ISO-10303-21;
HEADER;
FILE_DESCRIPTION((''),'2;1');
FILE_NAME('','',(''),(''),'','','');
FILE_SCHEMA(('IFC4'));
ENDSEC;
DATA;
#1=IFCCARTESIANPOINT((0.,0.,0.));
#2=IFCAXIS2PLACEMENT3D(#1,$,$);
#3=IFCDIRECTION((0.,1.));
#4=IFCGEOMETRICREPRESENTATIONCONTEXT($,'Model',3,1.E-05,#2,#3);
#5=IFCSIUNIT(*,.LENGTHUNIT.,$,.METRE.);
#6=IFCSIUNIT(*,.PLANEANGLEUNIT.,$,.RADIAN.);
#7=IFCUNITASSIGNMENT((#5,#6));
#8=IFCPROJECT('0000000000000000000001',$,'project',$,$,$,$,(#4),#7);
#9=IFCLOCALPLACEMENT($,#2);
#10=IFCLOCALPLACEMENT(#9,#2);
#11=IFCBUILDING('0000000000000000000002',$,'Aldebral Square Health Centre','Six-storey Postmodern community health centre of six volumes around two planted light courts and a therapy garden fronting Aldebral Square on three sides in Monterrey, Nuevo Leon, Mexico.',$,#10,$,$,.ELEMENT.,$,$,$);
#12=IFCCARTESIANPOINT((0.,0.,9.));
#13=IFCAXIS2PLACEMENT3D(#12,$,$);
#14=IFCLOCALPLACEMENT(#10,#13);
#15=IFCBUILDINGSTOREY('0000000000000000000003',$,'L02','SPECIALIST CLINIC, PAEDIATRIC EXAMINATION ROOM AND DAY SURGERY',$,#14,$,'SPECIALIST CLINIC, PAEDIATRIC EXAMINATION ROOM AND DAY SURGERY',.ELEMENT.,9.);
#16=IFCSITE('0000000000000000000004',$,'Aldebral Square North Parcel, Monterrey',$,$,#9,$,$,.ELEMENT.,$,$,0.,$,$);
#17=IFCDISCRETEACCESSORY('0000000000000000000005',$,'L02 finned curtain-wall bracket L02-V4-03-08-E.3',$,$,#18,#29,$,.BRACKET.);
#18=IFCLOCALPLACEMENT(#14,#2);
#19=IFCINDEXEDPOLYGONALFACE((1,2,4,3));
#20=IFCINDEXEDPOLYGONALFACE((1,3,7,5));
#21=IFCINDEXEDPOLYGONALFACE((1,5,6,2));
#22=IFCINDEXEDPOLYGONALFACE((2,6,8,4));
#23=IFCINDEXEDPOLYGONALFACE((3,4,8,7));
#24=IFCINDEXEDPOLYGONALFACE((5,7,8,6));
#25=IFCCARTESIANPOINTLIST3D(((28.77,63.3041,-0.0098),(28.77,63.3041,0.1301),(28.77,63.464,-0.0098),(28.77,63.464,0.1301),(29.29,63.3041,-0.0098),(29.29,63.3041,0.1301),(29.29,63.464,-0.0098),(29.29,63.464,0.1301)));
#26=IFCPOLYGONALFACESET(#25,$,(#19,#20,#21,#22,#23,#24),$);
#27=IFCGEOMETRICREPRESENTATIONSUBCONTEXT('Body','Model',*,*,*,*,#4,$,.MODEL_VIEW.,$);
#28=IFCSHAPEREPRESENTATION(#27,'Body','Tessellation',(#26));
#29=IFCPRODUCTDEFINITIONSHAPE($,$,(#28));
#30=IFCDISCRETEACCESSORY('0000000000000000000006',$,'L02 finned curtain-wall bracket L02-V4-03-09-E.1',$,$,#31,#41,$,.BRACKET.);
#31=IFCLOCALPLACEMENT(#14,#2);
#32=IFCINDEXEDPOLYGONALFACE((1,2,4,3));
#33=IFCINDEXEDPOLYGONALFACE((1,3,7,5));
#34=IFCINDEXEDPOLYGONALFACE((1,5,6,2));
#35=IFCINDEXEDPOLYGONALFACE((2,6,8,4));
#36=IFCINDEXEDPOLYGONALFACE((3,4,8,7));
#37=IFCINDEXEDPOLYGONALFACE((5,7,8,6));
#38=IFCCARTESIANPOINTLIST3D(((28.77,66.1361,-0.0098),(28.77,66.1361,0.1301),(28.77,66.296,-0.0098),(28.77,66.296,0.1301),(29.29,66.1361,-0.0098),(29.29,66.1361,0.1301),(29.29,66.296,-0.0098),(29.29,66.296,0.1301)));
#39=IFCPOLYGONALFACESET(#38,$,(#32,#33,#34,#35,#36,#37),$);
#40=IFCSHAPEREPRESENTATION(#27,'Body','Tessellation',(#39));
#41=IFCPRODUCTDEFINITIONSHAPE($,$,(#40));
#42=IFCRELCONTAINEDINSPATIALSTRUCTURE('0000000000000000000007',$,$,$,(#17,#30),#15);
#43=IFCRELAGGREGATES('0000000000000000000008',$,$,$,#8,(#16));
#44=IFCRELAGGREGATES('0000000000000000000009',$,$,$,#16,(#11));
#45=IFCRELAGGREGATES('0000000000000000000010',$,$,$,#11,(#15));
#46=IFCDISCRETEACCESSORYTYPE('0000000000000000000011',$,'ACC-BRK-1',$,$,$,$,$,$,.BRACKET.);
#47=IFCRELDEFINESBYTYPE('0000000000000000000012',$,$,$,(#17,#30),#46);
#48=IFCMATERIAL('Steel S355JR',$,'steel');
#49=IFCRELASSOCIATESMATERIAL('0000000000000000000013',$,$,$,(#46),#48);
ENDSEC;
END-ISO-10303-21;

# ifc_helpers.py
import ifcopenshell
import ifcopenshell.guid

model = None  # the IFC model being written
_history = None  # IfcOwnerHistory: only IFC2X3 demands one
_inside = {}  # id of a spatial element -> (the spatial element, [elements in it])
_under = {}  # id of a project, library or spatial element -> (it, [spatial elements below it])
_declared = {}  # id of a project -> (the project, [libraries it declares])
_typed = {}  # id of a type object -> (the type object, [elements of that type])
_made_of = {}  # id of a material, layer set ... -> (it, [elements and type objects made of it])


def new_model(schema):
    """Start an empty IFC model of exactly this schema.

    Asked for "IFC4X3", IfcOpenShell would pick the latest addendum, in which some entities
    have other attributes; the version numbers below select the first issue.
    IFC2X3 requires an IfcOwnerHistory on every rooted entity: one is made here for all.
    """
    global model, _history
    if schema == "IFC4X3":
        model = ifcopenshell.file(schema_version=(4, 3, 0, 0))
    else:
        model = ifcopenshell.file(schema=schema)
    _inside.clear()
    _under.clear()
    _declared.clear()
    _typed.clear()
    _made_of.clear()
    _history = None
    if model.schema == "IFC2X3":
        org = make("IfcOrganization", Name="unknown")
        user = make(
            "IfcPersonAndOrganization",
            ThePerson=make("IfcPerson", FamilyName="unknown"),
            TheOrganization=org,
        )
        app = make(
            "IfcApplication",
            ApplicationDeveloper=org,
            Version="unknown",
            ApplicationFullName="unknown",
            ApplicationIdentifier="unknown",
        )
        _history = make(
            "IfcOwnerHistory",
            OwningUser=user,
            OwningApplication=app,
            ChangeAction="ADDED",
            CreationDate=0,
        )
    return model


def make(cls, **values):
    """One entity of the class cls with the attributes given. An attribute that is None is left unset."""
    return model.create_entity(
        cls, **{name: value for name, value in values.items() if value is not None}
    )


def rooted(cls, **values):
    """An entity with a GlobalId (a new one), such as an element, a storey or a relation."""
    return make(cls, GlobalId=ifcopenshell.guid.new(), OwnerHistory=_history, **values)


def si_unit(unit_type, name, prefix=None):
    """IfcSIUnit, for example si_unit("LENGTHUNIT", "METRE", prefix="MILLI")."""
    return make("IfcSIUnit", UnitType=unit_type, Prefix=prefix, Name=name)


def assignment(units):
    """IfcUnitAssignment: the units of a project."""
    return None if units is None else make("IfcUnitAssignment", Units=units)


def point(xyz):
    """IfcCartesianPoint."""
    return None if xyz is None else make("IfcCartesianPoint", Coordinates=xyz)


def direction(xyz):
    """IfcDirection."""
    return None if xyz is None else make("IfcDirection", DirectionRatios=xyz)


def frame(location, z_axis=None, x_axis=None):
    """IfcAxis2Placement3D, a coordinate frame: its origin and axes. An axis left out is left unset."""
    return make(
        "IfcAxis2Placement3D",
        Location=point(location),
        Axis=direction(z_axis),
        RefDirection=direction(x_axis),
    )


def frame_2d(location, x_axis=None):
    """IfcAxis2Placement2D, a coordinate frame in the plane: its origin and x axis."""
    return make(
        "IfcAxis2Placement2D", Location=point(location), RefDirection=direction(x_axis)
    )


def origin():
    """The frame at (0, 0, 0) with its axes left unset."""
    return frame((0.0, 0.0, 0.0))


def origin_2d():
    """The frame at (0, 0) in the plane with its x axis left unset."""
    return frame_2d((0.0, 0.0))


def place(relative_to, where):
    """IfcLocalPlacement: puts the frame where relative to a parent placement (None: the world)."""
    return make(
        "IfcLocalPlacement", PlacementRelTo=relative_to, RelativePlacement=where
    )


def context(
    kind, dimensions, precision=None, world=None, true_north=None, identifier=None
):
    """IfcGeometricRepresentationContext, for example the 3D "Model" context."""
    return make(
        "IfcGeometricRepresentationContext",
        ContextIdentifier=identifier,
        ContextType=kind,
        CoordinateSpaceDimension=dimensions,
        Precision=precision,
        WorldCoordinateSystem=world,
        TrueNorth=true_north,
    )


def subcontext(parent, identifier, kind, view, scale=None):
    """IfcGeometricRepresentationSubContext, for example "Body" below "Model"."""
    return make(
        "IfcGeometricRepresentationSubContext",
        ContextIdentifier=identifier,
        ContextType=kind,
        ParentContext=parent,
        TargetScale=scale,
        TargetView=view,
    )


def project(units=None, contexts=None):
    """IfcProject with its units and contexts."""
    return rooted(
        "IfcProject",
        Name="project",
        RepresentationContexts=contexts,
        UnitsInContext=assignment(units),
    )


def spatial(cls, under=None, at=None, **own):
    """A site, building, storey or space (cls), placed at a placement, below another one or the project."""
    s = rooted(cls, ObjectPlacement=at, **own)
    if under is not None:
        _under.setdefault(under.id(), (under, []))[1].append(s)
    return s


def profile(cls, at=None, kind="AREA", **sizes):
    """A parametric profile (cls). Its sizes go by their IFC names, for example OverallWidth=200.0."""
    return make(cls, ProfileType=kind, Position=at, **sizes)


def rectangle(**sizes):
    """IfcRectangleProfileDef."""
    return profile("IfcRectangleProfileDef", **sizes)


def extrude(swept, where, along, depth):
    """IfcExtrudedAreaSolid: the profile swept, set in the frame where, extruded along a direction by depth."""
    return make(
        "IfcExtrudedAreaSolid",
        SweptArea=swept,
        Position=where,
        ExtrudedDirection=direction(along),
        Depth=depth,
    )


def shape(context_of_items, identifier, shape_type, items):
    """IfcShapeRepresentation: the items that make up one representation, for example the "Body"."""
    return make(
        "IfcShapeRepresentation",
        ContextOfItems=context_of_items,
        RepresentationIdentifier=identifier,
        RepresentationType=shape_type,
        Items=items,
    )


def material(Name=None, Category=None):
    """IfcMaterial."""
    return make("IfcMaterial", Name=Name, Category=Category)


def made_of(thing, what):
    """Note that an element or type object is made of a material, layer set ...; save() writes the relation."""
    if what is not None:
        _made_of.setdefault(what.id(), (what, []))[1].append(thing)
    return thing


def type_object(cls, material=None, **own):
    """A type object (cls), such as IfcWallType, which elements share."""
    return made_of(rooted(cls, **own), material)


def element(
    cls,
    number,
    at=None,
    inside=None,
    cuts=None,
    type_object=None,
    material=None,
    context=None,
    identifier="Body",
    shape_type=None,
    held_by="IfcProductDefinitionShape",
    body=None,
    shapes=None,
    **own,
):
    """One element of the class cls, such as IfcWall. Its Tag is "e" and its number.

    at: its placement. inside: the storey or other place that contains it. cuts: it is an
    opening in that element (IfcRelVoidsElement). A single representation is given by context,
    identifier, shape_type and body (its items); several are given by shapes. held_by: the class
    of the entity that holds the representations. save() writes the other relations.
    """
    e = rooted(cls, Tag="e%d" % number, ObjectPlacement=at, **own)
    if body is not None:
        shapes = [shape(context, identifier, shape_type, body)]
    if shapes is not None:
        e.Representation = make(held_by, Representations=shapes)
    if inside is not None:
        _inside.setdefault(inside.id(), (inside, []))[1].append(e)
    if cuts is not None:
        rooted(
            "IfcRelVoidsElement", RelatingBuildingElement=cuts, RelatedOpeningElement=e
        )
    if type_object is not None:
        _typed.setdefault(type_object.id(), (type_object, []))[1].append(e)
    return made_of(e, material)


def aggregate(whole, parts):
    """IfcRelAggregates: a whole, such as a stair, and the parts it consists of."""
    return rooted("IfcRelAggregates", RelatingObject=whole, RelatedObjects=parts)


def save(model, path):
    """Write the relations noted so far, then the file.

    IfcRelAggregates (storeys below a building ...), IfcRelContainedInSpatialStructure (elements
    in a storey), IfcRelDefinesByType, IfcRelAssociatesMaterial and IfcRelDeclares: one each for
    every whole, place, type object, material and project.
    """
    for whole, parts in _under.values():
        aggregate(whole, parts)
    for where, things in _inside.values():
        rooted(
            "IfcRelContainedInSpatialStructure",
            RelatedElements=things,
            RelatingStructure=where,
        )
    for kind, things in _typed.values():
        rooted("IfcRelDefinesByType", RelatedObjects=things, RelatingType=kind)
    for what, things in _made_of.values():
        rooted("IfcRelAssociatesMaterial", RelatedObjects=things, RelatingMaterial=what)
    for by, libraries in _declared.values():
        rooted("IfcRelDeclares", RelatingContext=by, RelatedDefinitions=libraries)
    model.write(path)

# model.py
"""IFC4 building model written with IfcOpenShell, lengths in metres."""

from ifc_helpers import new_model, si_unit, direction, frame, origin, origin_2d, place, context, subcontext, project, spatial, rectangle, extrude, material, type_object, element, save


model = new_model("IFC4")

# Units and contexts
model_context = context("Model", 3, precision=1e-05, world=origin(), true_north=direction((0.0, 1.0)))
body_context = subcontext(model_context, "Body", "Model", "MODEL_VIEW")
ifc_project = project(units=[si_unit("LENGTHUNIT", "METRE"), si_unit("PLANEANGLEUNIT", "RADIAN")], contexts=[model_context])

# Site, building, storey
site_placement = place(None, origin())
site = spatial("IfcSite", under=ifc_project, at=site_placement, Name="Aldebral Square North Parcel, Monterrey", CompositionType="ELEMENT", RefElevation=0.0)
building_placement = place(site_placement, origin())
building = spatial("IfcBuilding", under=site, at=building_placement, Name="Aldebral Square Health Centre", Description="Six-storey Postmodern community health centre of six volumes around two planted light courts and a therapy garden fronting Aldebral Square on three sides in Monterrey, Nuevo Leon, Mexico.", CompositionType="ELEMENT")
storey_placement = place(building_placement, frame((0.0, 0.0, 9.0)))
storey = spatial("IfcBuildingStorey", under=building, at=storey_placement, Name="L02", Description="SPECIALIST CLINIC, PAEDIATRIC EXAMINATION ROOM AND DAY SURGERY", LongName="SPECIALIST CLINIC, PAEDIATRIC EXAMINATION ROOM AND DAY SURGERY", CompositionType="ELEMENT", Elevation=9.0)

# Discrete accessories
ifc_material_1 = material(Name="Steel S355JR", Category="steel")
discrete_accessory_type = type_object("IfcDiscreteAccessoryType", Name="ACC-BRK-1", PredefinedType="BRACKET", material=ifc_material_1)
for number, where, z_axis, x_axis, name in (
    (1, (29.03, 63.384, -0.0098), (0.0, 0.0, 1.0), (0.0, 1.0, 0.0), "L02 finned curtain-wall bracket L02-V4-03-08-E.3"),
    (2, (29.03, 66.2161, -0.0098), (0.0, 0.0, 1.0), (0.0, 1.0, 0.0), "L02 finned curtain-wall bracket L02-V4-03-09-E.1"),
):
    element("IfcDiscreteAccessory", number, at=place(storey_placement, frame(where, z_axis=z_axis, x_axis=x_axis)), inside=storey, type_object=discrete_accessory_type, Name=name, PredefinedType="BRACKET", context=body_context, shape_type="SweptSolid", body=[
        extrude(rectangle(XDim=0.1599, YDim=0.52, at=origin_2d()), origin(), (0.0, 0.0, 1.0), 0.1399),
    ])

save(model, "model.ifc")
